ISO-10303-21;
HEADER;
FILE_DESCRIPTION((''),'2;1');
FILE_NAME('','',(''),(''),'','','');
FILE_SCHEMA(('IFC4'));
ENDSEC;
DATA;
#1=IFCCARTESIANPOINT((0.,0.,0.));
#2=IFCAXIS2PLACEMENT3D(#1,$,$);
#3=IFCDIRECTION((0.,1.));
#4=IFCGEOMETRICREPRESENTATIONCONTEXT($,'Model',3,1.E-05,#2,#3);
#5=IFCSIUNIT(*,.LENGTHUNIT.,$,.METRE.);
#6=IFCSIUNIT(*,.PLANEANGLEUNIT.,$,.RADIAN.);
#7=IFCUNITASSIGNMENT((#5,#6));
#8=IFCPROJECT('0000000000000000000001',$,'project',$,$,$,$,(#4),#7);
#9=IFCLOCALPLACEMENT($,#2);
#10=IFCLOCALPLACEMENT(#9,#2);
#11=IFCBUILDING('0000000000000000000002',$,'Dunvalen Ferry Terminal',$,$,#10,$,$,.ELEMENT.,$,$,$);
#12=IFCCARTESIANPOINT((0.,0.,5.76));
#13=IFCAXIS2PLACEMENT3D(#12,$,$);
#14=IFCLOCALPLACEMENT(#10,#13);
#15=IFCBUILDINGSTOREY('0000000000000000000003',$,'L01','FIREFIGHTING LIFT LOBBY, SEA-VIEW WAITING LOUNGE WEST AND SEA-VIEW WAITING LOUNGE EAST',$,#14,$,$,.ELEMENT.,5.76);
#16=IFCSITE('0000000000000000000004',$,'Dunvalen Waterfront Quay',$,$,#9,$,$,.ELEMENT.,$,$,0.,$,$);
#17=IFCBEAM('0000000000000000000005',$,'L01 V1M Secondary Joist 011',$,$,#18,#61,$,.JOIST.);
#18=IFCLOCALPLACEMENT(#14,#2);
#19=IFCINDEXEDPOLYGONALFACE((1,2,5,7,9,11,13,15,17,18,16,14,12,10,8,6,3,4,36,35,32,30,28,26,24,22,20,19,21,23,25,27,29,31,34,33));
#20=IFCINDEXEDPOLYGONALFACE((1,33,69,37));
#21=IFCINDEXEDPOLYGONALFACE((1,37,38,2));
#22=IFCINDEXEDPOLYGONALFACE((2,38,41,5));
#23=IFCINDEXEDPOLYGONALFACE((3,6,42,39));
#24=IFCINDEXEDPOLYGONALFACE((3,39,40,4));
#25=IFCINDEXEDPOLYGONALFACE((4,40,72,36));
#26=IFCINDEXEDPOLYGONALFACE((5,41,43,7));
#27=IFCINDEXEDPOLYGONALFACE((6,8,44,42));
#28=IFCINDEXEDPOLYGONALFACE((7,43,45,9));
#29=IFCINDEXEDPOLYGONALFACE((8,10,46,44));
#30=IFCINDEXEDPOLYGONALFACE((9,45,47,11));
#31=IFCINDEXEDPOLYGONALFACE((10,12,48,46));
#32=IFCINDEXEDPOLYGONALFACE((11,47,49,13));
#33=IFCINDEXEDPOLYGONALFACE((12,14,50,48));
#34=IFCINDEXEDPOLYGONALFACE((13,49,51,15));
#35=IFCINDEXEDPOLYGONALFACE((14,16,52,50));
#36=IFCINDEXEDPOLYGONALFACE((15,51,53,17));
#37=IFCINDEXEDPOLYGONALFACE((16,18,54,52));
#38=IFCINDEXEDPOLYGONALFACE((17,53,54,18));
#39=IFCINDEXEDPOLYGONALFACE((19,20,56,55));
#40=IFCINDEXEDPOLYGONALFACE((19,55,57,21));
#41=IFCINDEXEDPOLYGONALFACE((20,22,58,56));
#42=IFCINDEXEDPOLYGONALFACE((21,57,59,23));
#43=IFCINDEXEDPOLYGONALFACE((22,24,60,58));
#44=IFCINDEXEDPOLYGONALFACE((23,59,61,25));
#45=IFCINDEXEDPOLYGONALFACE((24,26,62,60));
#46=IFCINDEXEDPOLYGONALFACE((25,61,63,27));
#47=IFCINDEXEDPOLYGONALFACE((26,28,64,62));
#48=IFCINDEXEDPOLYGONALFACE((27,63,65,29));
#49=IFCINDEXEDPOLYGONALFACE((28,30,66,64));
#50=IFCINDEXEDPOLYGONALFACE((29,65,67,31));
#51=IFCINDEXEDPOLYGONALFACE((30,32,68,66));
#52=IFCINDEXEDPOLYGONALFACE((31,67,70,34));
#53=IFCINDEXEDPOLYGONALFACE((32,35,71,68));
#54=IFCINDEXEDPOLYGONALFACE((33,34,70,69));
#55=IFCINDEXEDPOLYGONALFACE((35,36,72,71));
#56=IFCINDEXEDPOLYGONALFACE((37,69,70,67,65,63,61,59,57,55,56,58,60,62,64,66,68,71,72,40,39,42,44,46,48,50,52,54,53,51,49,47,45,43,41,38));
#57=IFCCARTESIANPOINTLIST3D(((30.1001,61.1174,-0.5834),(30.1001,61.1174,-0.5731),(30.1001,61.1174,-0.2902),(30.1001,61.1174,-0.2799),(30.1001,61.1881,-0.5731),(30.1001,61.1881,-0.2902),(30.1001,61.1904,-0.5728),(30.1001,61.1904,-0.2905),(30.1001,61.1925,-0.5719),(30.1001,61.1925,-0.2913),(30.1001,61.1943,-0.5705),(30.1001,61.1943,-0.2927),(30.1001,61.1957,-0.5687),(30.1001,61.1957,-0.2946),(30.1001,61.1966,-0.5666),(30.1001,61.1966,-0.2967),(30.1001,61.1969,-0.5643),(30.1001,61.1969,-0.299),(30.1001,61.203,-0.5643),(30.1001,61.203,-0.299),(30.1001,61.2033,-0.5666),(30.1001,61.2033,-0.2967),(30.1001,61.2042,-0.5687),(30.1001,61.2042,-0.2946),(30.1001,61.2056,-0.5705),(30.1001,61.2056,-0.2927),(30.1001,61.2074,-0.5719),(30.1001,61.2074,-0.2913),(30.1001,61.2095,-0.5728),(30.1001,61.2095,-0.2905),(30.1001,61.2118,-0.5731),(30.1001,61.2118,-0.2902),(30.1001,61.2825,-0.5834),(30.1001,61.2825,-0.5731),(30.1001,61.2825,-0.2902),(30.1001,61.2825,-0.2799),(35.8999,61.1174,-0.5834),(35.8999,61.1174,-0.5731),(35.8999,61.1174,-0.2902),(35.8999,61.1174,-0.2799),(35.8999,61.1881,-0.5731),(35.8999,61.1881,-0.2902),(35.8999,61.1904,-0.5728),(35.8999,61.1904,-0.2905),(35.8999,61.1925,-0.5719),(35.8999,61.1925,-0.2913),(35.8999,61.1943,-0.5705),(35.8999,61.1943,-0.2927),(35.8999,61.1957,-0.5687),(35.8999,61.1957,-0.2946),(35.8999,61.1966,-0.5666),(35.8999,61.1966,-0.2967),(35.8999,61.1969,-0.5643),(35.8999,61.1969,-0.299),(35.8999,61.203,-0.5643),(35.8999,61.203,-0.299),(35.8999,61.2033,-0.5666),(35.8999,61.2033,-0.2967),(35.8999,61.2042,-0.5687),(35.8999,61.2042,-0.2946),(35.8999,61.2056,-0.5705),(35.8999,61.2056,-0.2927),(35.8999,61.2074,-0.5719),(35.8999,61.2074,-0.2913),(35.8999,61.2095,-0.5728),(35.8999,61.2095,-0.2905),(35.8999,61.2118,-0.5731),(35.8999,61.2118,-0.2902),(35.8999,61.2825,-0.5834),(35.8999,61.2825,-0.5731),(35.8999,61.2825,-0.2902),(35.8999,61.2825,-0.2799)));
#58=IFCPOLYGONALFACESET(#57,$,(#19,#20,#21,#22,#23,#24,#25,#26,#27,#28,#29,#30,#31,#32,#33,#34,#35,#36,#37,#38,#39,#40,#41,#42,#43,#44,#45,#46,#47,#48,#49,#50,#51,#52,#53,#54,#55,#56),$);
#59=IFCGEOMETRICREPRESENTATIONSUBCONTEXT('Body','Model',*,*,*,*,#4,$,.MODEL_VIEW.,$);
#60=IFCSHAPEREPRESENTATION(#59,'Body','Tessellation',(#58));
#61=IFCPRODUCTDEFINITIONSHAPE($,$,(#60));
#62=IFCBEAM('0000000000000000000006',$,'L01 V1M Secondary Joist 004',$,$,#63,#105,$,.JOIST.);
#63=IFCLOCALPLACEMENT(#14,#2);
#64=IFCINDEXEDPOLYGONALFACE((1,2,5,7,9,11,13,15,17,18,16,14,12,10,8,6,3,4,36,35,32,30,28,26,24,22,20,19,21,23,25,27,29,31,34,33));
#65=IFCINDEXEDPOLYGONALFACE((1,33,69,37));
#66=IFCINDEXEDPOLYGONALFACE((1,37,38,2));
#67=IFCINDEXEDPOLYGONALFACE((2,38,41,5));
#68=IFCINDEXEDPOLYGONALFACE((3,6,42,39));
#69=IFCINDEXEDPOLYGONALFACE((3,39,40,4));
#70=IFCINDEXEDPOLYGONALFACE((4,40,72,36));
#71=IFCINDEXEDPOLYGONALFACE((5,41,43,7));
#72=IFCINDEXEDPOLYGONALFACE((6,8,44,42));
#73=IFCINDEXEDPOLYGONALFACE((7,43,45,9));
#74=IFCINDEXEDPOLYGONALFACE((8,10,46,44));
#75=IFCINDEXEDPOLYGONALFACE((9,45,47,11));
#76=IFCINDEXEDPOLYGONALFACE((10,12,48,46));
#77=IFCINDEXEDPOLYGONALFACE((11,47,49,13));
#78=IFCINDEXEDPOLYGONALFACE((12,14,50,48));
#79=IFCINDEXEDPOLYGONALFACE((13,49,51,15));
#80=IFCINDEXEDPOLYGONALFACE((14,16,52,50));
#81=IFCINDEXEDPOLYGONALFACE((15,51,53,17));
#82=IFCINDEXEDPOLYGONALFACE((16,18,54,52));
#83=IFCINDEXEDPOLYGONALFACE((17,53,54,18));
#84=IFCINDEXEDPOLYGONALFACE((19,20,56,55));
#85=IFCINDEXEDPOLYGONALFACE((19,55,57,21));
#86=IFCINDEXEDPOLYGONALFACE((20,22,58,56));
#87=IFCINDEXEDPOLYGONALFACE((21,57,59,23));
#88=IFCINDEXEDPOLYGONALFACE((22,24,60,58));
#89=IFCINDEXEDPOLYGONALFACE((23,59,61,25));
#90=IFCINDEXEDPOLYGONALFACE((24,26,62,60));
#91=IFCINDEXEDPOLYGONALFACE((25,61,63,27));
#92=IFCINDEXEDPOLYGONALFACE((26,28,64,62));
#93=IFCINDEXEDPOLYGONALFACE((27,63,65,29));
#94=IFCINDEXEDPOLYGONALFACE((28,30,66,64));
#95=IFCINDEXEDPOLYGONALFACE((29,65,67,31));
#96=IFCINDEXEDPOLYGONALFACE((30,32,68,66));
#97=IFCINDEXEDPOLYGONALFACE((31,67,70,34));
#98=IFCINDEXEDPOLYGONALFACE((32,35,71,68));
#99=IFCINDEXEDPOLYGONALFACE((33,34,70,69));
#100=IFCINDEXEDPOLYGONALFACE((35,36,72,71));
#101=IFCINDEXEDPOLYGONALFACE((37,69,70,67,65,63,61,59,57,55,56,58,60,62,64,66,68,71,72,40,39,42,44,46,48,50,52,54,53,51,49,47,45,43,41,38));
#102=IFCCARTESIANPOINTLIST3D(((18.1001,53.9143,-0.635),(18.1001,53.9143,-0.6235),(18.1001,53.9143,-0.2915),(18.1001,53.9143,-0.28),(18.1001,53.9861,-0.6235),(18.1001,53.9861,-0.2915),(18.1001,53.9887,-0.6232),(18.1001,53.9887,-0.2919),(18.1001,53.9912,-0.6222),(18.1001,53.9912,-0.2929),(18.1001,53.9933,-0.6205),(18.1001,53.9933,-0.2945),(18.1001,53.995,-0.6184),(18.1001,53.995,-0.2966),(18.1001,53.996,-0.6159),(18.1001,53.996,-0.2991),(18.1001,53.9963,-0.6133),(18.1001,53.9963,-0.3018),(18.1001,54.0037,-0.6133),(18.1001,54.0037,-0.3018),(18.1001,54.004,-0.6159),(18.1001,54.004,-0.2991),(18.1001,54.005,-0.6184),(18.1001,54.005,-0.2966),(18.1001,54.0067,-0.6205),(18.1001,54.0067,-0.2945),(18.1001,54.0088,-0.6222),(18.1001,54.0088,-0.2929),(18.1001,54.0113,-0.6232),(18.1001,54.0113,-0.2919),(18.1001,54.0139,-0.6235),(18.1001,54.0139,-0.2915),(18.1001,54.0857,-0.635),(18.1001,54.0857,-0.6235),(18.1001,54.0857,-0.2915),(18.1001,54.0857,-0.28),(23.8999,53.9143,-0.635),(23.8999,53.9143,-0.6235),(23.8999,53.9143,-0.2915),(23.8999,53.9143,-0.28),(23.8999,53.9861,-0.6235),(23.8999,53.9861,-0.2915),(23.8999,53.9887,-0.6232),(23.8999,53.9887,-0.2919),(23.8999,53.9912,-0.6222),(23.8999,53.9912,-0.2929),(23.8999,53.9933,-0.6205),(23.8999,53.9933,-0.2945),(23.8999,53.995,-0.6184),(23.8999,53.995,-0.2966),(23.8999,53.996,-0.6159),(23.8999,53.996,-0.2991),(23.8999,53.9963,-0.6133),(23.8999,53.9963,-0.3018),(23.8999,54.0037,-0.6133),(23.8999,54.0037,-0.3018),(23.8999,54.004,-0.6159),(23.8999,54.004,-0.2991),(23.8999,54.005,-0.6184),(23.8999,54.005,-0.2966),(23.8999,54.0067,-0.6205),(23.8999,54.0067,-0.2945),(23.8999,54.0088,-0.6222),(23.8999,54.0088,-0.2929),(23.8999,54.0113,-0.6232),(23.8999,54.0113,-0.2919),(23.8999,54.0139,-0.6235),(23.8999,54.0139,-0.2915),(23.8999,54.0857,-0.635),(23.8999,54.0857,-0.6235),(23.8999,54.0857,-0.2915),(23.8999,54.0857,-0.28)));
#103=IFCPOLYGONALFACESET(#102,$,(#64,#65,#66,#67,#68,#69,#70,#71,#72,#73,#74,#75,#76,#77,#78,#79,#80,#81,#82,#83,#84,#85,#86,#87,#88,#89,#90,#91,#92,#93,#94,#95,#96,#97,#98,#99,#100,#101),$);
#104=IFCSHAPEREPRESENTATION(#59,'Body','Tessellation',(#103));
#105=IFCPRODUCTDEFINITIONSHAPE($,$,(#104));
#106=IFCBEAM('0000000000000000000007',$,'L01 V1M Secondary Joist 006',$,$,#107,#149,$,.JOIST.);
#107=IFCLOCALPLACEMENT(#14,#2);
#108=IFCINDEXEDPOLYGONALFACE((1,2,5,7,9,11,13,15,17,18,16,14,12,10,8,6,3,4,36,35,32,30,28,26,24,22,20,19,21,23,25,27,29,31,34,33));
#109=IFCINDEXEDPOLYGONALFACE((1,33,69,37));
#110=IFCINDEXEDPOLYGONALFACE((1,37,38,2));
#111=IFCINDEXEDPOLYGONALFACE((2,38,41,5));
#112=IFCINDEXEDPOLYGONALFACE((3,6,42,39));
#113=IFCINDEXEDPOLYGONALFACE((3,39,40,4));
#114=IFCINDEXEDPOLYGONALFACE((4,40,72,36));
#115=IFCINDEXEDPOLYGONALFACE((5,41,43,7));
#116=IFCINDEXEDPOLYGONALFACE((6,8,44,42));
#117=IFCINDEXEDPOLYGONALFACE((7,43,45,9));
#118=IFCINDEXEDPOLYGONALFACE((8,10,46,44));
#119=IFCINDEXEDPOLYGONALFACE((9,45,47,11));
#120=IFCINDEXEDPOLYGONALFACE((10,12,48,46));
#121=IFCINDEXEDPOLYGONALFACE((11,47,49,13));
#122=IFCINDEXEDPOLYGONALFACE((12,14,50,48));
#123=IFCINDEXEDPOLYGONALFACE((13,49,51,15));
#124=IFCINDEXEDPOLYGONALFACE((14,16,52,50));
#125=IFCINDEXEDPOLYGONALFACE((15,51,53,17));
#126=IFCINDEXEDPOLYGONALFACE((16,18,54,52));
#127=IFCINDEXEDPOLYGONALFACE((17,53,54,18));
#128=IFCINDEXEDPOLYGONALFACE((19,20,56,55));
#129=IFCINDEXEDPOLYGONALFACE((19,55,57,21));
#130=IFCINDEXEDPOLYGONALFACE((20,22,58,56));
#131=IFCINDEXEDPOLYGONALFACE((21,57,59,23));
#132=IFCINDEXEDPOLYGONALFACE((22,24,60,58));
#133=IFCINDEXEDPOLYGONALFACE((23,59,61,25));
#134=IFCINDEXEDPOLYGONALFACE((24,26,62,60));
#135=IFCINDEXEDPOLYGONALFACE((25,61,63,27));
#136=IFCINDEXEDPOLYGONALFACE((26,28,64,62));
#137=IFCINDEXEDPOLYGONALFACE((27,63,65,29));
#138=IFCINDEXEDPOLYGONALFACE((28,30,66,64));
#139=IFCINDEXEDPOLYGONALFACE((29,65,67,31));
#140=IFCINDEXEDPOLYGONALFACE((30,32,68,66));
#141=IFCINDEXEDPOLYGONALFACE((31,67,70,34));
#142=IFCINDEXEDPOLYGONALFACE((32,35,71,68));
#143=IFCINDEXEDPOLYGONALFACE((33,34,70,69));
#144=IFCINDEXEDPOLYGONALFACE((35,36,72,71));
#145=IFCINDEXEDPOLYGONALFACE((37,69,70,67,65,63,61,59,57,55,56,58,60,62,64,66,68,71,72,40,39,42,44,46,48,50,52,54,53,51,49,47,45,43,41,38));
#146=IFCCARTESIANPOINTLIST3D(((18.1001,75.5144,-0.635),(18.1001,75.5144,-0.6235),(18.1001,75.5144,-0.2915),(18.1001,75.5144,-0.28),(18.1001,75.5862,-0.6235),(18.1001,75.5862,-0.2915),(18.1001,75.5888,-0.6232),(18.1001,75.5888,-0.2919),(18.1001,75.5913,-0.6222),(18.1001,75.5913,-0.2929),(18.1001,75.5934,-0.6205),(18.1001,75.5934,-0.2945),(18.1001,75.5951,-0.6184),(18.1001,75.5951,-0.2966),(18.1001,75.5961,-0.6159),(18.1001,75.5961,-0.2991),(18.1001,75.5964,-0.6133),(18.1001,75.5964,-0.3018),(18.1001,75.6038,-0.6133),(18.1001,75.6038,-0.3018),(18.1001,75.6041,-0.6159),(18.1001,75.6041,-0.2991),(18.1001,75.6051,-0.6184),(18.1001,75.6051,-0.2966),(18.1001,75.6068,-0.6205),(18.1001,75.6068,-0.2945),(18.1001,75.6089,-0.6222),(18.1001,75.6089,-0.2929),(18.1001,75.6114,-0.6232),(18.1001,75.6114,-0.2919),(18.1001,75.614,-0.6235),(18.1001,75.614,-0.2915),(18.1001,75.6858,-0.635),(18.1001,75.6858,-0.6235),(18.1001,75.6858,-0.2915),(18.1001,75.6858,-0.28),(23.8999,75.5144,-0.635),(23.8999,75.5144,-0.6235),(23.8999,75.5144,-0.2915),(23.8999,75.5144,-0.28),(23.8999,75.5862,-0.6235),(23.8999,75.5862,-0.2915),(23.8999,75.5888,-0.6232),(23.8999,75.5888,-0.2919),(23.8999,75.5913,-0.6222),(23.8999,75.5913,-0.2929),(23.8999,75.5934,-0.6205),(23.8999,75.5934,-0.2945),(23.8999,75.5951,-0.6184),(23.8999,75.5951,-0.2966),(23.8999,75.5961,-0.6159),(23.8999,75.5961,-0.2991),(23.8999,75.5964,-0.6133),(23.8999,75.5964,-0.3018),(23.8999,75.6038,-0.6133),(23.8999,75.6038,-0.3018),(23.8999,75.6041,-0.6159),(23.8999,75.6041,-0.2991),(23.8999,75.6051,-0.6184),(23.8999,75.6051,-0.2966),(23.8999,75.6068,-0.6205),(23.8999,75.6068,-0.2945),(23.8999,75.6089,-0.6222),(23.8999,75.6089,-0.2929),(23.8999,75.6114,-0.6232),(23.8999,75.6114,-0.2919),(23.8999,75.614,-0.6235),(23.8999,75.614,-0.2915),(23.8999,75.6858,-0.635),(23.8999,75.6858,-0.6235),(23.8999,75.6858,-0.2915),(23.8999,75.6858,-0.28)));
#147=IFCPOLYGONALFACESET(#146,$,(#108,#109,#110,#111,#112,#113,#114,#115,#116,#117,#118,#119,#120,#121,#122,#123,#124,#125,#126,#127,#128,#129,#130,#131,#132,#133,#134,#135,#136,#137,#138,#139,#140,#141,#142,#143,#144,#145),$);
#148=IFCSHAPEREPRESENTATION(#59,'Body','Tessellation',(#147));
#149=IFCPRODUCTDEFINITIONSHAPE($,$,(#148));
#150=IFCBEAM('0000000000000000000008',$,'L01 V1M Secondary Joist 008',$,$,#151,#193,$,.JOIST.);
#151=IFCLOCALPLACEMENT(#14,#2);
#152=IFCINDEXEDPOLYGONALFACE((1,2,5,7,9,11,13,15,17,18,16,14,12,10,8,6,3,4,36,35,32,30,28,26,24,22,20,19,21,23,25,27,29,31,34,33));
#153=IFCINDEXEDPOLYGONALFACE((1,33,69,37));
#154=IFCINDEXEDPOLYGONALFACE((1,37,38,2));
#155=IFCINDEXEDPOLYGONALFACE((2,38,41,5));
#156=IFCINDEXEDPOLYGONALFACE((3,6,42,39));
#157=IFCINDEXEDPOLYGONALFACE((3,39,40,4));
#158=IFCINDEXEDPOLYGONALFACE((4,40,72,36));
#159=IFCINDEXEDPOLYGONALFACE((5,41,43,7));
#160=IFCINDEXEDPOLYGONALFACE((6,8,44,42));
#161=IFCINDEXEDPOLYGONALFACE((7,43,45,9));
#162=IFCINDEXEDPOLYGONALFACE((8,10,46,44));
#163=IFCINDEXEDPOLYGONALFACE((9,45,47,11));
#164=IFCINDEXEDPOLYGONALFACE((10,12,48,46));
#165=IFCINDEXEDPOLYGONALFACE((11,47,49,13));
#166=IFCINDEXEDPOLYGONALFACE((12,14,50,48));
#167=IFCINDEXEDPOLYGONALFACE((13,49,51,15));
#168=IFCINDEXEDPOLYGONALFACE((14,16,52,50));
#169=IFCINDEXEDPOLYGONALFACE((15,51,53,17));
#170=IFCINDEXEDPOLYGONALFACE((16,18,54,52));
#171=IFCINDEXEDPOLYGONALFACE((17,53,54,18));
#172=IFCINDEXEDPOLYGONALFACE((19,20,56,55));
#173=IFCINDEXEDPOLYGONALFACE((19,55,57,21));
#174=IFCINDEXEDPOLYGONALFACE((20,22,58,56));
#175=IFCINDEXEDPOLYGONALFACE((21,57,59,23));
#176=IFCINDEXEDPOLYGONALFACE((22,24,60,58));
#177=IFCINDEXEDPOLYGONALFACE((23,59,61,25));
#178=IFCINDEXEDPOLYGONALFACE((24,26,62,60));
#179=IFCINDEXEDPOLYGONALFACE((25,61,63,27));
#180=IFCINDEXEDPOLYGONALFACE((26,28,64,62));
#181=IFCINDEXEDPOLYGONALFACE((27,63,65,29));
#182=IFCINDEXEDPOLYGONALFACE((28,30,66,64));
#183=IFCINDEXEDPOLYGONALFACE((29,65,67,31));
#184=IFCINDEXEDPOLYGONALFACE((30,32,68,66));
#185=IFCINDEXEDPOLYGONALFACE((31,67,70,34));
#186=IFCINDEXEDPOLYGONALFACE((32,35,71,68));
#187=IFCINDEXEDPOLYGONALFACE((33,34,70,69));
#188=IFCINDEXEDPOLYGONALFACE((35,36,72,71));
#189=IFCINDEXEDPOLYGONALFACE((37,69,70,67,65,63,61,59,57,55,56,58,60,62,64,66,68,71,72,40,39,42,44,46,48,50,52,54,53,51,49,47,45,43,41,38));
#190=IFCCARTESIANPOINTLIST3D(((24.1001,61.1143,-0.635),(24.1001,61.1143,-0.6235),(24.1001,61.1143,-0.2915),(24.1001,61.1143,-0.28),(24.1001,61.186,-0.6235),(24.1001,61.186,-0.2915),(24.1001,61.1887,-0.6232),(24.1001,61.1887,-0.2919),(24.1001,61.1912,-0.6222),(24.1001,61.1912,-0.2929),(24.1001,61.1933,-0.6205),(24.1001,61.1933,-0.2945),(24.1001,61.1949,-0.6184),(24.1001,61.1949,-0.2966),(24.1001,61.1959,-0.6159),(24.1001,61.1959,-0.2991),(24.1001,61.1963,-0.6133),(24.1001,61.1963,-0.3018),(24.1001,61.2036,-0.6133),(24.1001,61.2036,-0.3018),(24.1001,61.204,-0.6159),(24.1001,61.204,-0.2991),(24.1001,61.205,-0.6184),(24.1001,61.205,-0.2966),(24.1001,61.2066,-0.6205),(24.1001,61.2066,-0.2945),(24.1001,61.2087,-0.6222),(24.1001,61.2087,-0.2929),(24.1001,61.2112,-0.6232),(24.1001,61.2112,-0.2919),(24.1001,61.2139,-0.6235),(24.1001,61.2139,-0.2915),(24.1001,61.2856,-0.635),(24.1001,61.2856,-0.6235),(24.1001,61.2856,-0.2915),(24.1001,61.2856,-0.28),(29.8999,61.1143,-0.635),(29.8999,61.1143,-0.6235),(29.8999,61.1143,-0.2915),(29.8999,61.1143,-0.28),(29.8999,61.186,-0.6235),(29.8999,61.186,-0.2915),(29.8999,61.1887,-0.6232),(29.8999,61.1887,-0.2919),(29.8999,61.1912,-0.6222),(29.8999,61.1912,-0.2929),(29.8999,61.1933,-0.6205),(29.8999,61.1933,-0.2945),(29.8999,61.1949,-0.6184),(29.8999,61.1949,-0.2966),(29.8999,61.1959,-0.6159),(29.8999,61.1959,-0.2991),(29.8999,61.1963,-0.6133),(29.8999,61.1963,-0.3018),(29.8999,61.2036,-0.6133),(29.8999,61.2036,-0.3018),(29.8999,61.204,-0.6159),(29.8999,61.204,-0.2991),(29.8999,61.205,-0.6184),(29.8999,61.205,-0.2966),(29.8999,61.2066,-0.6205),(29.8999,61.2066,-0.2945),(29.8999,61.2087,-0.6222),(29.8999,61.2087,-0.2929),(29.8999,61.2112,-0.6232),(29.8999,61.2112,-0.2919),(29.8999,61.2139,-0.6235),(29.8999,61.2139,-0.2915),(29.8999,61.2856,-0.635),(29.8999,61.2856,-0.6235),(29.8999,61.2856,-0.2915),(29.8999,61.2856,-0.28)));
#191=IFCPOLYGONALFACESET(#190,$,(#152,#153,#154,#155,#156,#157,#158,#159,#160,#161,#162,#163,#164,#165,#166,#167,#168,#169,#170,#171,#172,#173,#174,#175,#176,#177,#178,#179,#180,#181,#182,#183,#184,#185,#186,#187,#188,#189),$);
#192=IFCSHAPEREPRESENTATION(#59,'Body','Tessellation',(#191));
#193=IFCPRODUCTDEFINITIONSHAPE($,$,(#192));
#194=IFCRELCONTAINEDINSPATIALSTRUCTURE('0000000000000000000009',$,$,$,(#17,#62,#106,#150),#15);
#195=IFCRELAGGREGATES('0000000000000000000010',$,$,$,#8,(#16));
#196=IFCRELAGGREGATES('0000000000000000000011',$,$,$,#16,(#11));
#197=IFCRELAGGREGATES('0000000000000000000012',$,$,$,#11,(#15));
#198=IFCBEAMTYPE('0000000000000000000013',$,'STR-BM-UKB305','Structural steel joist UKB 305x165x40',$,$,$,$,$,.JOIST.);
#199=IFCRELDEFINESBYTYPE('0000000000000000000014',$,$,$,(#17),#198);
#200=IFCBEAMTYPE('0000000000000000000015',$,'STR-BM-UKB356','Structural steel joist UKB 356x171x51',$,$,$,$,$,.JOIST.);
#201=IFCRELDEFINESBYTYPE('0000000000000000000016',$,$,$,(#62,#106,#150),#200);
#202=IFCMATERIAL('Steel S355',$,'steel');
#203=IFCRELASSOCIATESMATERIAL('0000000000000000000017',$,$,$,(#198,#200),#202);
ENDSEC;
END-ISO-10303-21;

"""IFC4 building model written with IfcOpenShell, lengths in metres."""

from ifc_helpers import new_model, si_unit, direction, frame, origin, origin_2d, place, context, subcontext, project, spatial, i_section, extrude, material, material_profile, profile_set, type_object, element, save


model = new_model("IFC4")

# Units and contexts
model_context = context("Model", 3, precision=1e-05, world=origin(), true_north=direction((0.0, 1.0)))
body_context = subcontext(model_context, "Body", "Model", "MODEL_VIEW")
ifc_project = project(units=[si_unit("LENGTHUNIT", "METRE"), si_unit("PLANEANGLEUNIT", "RADIAN")], contexts=[model_context])

# Site, building, storey
site_placement = place(None, origin())
site = spatial("IfcSite", under=ifc_project, at=site_placement, Name="Dunvalen Waterfront Quay", CompositionType="ELEMENT", RefElevation=0.0)
building_placement = place(site_placement, origin())
building = spatial("IfcBuilding", under=site, at=building_placement, Name="Dunvalen Ferry Terminal", CompositionType="ELEMENT")
storey_placement = place(building_placement, frame((0.0, 0.0, 5.76)))
storey = spatial("IfcBuildingStorey", under=building, at=storey_placement, Name="L01", Description="FIREFIGHTING LIFT LOBBY, SEA-VIEW WAITING LOUNGE WEST AND SEA-VIEW WAITING LOUNGE EAST", CompositionType="ELEMENT", Elevation=5.76)

# Beams
ifc_material_1 = material(Name="Steel S355", Category="steel")
ifc_material_profile_1 = material_profile(ifc_material_1, i_section(OverallWidth=0.165, OverallDepth=0.3035, WebThickness=0.0061, FlangeThickness=0.0103, FilletRadius=0.0088, at=origin_2d()), Name="Steel S355")
ifc_profile_set_1 = profile_set([ifc_material_profile_1], Name="Steel S355")
beam_type_1 = type_object("IfcBeamType", Name="STR-BM-UKB305", Description="Structural steel joist UKB 305x165x40", PredefinedType="JOIST", material=ifc_profile_set_1)
for number, where, z_axis, x_axis, name in (
    (1, (30.1001, 61.2, -0.4316), (1.0, 0.0, 0.0), (0.0, 1.0, 0.0), "L01 V1M Secondary Joist 011"),
):
    element("IfcBeam", number, at=place(storey_placement, frame(where, z_axis=z_axis, x_axis=x_axis)), inside=storey, type_object=beam_type_1, Name=name, PredefinedType="JOIST", context=body_context, shape_type="SweptSolid", body=[
        extrude(i_section(OverallWidth=0.165, OverallDepth=0.3035, WebThickness=0.0061, FlangeThickness=0.0103, FilletRadius=0.0088, at=origin_2d()), origin(), (0.0, 0.0, 1.0), 5.7998),
    ])
ifc_material_profile_2 = material_profile(ifc_material_1, i_section(OverallWidth=0.1714, OverallDepth=0.355, WebThickness=0.0073, FlangeThickness=0.0115, FilletRadius=0.0103, at=origin_2d()), Name="Steel S355")
ifc_profile_set_2 = profile_set([ifc_material_profile_2], Name="Steel S355")
beam_type_2 = type_object("IfcBeamType", Name="STR-BM-UKB356", Description="Structural steel joist UKB 356x171x51", PredefinedType="JOIST", material=ifc_profile_set_2)
for number, where, z_axis, x_axis, name in (
    (2, (18.1001, 54.0, -0.4575), (1.0, 0.0, 0.0), (0.0, 1.0, 0.0), "L01 V1M Secondary Joist 004"),
    (3, (18.1001, 75.6001, -0.4575), (1.0, 0.0, 0.0), (0.0, 1.0, 0.0), "L01 V1M Secondary Joist 006"),
    (4, (24.1001, 61.2, -0.4575), (1.0, 0.0, 0.0), (0.0, 1.0, 0.0), "L01 V1M Secondary Joist 008"),
):
    element("IfcBeam", number, at=place(storey_placement, frame(where, z_axis=z_axis, x_axis=x_axis)), inside=storey, type_object=beam_type_2, Name=name, PredefinedType="JOIST", context=body_context, shape_type="SweptSolid", body=[
        extrude(i_section(OverallWidth=0.1714, OverallDepth=0.355, WebThickness=0.0073, FlangeThickness=0.0115, FilletRadius=0.0103, at=origin_2d()), origin(), (0.0, 0.0, 1.0), 5.7998),
    ])

save(model, "model.ifc")
